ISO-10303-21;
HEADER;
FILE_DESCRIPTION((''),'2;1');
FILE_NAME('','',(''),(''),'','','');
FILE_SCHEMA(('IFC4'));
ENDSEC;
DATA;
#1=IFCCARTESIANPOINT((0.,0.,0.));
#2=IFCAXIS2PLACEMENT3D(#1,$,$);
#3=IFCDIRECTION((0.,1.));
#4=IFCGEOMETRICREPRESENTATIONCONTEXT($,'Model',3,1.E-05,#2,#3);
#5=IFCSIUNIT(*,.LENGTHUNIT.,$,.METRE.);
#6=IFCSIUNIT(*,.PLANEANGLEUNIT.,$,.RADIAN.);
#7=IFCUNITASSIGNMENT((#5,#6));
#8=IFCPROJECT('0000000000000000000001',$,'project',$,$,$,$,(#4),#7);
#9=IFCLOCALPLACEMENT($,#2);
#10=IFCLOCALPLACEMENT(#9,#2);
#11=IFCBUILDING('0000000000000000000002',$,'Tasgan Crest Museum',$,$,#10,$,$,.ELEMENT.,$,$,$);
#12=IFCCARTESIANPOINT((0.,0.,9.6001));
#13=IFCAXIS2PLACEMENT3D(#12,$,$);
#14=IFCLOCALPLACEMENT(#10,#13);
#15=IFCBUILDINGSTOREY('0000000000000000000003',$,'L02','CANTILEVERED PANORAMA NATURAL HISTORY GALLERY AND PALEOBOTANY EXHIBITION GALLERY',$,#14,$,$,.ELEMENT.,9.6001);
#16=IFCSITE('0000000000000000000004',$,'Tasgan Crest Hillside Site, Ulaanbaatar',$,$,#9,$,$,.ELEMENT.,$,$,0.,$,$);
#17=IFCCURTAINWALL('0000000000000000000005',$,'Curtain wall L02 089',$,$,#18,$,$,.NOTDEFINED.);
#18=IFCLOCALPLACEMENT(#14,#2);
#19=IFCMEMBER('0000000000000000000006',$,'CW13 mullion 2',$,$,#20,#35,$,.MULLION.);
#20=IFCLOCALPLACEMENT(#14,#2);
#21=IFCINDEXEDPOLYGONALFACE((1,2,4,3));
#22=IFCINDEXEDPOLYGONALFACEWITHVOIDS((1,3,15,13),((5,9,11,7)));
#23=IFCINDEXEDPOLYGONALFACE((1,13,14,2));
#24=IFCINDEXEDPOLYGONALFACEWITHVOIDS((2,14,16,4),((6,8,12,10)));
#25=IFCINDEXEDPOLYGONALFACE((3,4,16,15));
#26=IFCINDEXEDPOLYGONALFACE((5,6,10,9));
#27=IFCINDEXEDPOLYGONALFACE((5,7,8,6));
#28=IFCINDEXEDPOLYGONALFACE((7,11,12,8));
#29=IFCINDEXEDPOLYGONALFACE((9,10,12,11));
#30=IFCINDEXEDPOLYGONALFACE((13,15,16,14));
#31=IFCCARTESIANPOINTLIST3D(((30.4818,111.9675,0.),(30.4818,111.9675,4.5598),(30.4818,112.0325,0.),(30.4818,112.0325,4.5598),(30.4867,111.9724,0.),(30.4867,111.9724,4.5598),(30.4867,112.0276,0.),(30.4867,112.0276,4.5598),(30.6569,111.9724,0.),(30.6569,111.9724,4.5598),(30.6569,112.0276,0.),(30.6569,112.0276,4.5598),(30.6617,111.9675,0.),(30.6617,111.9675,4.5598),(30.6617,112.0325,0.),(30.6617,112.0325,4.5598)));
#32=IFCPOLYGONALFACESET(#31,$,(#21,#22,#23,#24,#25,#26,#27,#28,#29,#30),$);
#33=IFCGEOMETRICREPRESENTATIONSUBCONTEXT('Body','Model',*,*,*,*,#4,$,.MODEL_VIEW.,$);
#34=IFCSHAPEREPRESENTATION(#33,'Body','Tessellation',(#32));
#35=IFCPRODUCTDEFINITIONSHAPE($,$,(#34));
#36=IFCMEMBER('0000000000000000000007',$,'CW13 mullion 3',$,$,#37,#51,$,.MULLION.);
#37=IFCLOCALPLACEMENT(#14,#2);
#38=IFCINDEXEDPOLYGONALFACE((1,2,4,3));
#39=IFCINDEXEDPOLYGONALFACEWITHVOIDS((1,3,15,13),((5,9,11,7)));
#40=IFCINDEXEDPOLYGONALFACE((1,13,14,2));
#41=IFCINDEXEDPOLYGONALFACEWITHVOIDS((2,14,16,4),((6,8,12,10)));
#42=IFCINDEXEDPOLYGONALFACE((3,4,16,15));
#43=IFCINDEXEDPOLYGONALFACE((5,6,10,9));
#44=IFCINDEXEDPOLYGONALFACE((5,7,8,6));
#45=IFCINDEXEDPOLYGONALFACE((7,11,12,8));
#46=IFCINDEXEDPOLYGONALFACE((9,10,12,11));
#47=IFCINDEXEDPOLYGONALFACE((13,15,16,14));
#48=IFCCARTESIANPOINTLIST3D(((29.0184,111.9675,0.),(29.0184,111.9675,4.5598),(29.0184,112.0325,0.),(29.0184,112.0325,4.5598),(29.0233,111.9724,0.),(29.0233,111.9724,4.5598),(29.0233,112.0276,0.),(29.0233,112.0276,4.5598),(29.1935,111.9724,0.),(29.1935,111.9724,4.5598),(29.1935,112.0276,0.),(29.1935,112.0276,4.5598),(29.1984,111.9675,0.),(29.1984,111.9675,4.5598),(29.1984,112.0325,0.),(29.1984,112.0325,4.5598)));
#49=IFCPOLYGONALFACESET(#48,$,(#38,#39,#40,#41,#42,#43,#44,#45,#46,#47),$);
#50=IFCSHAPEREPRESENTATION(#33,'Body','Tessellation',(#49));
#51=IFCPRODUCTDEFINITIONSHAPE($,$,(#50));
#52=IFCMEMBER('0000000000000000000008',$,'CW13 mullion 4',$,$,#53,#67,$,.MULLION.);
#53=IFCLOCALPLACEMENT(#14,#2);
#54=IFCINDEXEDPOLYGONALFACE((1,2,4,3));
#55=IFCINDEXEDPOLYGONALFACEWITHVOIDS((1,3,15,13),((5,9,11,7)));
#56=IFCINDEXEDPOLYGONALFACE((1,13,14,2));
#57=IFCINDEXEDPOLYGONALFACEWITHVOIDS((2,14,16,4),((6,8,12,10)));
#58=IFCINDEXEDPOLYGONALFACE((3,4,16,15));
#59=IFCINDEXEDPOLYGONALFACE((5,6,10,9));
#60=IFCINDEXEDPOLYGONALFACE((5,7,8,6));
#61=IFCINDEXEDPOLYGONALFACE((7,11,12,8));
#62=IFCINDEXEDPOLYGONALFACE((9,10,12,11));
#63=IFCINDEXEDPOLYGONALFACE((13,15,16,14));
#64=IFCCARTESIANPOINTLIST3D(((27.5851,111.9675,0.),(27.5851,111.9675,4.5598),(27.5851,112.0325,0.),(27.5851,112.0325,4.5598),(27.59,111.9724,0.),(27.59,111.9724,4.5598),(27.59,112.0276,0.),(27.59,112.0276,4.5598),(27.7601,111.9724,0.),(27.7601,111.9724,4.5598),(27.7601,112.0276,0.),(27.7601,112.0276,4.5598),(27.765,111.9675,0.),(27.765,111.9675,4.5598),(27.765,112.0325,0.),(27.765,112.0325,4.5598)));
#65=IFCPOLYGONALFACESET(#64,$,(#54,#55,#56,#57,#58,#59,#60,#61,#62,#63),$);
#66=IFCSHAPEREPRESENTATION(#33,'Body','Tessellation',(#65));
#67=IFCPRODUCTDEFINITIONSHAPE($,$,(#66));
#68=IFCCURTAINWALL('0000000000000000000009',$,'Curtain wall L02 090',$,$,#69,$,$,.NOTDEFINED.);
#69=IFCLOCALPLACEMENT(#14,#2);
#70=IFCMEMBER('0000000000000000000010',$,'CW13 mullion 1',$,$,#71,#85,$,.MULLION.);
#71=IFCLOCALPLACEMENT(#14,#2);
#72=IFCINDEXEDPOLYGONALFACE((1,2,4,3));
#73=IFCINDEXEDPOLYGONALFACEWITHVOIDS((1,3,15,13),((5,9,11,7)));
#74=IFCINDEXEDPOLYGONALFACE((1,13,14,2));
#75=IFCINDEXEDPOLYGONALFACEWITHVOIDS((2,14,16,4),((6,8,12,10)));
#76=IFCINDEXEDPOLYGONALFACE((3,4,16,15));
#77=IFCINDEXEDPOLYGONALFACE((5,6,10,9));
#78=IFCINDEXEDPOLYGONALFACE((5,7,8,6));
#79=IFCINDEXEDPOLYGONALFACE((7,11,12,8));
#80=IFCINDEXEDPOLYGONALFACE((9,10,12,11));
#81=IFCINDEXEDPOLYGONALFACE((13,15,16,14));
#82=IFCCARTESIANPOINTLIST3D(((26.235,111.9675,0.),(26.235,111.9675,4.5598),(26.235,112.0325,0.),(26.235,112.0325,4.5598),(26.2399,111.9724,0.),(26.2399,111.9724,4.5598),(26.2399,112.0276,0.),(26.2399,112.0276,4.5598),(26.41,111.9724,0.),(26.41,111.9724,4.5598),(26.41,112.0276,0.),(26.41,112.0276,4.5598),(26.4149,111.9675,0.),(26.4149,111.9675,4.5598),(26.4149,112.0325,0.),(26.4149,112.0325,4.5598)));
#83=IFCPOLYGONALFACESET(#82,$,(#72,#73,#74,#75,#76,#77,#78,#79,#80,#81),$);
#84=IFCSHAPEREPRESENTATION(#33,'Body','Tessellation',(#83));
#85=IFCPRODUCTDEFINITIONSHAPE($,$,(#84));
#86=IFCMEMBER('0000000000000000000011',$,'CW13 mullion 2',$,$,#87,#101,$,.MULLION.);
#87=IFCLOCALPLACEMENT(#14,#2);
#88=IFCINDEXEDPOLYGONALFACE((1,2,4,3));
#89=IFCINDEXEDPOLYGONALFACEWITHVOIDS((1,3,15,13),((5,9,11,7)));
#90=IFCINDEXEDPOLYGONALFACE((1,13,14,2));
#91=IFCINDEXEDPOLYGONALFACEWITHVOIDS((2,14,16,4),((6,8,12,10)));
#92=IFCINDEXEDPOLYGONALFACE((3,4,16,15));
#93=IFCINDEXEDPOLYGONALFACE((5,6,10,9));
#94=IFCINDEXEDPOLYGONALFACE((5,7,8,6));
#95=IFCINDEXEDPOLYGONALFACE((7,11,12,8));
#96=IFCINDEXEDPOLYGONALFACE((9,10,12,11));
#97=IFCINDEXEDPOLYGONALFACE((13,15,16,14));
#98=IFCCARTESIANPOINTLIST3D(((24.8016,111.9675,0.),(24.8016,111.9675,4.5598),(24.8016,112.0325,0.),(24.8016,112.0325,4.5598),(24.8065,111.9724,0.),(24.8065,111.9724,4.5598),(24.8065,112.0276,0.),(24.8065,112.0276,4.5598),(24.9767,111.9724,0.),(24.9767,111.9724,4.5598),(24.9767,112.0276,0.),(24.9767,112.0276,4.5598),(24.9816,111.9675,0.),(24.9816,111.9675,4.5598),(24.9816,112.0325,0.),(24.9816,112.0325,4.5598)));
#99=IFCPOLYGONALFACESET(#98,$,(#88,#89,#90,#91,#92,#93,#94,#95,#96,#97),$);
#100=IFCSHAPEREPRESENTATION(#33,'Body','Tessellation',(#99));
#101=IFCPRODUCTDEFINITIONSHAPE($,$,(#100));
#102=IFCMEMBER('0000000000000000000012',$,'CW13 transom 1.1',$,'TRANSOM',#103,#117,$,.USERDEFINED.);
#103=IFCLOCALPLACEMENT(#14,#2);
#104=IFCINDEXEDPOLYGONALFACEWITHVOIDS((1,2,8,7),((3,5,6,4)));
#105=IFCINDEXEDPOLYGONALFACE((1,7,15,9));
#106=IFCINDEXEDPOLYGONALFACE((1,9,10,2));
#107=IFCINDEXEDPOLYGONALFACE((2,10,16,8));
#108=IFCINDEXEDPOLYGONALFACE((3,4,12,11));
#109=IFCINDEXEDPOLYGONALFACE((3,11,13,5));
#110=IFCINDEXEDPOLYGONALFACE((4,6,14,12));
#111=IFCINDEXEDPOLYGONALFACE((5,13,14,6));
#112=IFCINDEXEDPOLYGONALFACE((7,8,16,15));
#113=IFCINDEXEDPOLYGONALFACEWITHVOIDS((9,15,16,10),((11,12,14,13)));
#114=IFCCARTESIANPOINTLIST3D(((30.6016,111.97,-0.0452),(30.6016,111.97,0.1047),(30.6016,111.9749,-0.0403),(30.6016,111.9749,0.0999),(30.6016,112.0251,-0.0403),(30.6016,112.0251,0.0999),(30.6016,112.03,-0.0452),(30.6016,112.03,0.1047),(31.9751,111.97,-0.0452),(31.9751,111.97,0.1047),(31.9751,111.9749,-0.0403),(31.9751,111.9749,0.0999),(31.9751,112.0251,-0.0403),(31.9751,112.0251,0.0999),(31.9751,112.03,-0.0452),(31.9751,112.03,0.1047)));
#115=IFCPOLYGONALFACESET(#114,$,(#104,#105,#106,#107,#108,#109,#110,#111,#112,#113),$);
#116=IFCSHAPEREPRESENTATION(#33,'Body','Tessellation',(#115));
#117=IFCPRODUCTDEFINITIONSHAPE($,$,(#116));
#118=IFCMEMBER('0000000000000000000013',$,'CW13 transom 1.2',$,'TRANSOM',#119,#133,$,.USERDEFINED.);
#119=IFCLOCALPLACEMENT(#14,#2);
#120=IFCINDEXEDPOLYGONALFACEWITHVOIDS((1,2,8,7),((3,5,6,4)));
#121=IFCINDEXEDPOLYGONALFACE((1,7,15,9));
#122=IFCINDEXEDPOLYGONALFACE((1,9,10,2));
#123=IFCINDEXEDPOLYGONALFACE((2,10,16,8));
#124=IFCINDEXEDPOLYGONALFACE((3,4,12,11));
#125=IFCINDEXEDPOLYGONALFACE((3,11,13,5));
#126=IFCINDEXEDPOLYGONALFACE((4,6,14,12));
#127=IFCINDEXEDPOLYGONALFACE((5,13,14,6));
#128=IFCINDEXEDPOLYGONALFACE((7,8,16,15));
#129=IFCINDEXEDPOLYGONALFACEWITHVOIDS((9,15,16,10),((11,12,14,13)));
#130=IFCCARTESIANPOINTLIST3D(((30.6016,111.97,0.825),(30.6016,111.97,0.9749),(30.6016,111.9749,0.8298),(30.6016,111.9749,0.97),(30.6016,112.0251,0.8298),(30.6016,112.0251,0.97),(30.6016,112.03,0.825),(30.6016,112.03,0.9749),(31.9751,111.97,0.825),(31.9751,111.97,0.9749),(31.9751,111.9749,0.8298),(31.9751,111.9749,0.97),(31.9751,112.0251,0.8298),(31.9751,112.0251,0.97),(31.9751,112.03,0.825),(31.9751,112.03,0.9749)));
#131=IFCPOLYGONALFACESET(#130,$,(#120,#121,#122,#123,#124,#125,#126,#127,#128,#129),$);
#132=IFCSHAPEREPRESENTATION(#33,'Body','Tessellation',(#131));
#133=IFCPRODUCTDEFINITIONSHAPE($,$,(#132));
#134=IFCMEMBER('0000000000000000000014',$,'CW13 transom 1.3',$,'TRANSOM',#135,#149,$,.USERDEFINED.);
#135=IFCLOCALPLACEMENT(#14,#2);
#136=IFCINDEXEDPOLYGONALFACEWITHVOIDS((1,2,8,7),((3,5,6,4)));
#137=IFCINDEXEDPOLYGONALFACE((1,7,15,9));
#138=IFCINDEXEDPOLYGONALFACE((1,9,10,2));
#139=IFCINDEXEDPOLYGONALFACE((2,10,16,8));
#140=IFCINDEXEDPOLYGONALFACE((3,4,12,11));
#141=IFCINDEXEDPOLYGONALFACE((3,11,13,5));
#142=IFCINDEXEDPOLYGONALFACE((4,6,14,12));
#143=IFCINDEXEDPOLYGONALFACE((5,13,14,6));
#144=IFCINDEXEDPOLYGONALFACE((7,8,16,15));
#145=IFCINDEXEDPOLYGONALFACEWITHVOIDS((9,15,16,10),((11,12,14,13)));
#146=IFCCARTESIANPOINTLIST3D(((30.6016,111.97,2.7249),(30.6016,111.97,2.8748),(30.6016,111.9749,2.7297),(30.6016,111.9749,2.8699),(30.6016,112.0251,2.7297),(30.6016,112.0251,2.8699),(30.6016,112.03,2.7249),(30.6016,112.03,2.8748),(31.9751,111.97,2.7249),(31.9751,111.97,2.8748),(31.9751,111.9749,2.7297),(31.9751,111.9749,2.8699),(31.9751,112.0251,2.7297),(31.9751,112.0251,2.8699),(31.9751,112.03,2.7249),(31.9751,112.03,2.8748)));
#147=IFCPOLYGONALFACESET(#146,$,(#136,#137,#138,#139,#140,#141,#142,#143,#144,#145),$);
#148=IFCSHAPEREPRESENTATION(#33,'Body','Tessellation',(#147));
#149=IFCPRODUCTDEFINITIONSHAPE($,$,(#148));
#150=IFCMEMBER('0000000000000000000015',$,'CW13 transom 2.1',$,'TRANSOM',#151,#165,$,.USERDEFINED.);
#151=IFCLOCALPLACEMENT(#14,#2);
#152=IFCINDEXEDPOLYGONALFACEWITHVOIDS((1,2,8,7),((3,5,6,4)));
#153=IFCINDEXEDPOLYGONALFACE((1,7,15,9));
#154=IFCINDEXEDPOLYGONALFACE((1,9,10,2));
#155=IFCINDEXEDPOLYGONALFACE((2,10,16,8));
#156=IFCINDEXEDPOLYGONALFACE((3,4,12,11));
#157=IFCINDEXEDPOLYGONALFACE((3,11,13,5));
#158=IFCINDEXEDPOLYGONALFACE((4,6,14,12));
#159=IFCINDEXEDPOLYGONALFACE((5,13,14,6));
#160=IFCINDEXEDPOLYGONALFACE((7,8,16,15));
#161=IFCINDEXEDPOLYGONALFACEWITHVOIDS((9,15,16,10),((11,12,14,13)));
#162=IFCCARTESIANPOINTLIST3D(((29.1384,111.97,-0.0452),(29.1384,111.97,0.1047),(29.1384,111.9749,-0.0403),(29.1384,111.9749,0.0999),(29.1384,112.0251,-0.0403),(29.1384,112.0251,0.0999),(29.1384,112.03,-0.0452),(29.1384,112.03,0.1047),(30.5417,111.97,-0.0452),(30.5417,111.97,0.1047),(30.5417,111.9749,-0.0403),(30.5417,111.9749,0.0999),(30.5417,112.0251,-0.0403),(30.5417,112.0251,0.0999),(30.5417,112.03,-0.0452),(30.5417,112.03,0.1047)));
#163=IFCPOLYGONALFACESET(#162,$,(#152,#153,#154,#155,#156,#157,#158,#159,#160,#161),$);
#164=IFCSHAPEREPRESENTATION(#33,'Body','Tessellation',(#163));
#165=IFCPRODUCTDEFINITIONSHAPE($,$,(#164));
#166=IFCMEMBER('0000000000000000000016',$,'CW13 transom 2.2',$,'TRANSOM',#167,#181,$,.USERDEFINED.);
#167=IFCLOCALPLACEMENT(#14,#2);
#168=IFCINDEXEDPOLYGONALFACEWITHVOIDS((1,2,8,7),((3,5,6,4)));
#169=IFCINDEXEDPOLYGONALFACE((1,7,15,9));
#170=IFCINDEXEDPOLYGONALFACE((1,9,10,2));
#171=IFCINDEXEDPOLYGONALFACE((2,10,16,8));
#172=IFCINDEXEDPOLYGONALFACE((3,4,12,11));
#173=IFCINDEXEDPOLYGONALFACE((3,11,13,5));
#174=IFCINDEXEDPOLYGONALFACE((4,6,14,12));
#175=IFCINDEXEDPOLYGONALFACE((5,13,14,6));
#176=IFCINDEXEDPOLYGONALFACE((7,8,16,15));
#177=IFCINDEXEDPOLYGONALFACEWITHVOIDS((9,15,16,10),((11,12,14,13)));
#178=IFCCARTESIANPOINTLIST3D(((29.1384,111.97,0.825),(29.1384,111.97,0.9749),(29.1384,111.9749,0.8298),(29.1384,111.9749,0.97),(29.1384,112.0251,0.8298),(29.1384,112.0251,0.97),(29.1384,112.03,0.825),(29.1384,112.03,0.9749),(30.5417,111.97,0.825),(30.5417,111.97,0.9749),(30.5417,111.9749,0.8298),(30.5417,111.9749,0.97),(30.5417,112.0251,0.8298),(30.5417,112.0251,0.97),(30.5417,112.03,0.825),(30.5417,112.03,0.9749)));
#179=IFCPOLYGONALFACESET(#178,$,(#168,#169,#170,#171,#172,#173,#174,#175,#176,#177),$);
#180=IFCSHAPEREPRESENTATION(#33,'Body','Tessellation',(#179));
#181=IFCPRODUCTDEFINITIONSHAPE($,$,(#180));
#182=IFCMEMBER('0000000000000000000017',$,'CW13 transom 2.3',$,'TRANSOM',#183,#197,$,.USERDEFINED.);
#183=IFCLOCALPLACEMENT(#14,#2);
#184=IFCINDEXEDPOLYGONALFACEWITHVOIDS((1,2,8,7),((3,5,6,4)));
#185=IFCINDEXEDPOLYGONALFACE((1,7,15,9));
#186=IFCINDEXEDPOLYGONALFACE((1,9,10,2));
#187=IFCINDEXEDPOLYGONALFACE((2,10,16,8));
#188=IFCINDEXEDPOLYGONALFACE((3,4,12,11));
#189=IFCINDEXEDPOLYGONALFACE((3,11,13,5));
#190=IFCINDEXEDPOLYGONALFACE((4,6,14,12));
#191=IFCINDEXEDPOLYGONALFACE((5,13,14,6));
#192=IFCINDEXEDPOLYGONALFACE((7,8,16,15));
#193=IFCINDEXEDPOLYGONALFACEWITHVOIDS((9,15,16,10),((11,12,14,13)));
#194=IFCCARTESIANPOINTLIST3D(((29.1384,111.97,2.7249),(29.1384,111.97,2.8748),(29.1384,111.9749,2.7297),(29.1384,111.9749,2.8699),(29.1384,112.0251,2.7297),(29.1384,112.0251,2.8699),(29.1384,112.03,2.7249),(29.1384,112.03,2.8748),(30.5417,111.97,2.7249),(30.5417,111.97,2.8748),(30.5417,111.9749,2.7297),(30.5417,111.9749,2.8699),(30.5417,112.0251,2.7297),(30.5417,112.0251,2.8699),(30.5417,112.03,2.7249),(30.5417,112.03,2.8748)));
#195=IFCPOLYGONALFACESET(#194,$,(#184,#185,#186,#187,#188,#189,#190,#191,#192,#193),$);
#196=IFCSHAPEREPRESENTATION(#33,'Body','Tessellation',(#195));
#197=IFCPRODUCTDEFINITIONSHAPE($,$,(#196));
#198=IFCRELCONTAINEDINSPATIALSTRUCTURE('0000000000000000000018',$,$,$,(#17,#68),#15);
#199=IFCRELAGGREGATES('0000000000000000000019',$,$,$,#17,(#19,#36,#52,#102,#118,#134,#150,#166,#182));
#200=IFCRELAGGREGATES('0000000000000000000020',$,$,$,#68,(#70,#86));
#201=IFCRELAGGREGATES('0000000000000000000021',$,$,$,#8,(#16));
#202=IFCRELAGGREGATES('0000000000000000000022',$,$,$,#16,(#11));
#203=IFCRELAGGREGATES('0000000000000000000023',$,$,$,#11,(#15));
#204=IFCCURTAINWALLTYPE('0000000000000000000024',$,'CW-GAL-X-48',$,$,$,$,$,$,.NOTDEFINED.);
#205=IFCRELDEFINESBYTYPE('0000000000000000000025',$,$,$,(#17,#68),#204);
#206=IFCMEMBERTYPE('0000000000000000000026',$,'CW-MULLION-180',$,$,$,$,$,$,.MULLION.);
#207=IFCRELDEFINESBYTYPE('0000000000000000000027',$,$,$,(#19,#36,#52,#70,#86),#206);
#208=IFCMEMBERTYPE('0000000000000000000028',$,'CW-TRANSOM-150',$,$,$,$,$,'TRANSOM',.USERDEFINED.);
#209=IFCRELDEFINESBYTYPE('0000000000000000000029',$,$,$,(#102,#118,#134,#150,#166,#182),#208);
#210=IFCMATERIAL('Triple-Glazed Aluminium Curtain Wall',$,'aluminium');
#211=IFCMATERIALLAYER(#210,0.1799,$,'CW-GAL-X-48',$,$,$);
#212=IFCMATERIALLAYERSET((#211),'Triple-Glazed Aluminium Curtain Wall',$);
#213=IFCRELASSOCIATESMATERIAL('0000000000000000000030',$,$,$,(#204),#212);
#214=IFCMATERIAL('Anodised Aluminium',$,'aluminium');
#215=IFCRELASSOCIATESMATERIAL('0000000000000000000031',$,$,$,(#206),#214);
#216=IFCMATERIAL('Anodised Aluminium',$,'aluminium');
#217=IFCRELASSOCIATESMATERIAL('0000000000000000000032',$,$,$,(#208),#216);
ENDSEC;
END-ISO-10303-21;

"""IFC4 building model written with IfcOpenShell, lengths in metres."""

from ifc_helpers import new_model, si_unit, direction, frame, origin, origin_2d, place, context, subcontext, project, spatial, hollow_rectangle, extrude, material, layer, layer_set, material_profile, profile_set, type_object, element, aggregate, save


model = new_model("IFC4")

# Units and contexts
model_context = context("Model", 3, precision=1e-05, world=origin(), true_north=direction((0.0, 1.0)))
body_context = subcontext(model_context, "Body", "Model", "MODEL_VIEW")
ifc_project = project(units=[si_unit("LENGTHUNIT", "METRE"), si_unit("PLANEANGLEUNIT", "RADIAN")], contexts=[model_context])

# Site, building, storey
site_placement = place(None, origin())
site = spatial("IfcSite", under=ifc_project, at=site_placement, Name="Tasgan Crest Hillside Site, Ulaanbaatar", CompositionType="ELEMENT", RefElevation=0.0)
building_placement = place(site_placement, origin())
building = spatial("IfcBuilding", under=site, at=building_placement, Name="Tasgan Crest Museum", CompositionType="ELEMENT")
storey_placement = place(building_placement, frame((0.0, 0.0, 9.6001)))
storey = spatial("IfcBuildingStorey", under=building, at=storey_placement, Name="L02", Description="CANTILEVERED PANORAMA NATURAL HISTORY GALLERY AND PALEOBOTANY EXHIBITION GALLERY", CompositionType="ELEMENT", Elevation=9.6001)

# Curtain walls, members
ifc_material_1 = material(Name="Triple-Glazed Aluminium Curtain Wall", Category="aluminium")
ifc_layer_1 = layer(ifc_material_1, 0.1799, Name="CW-GAL-X-48")
ifc_layer_set_1 = layer_set([ifc_layer_1], Name="Triple-Glazed Aluminium Curtain Wall")
curtain_wall_type = type_object("IfcCurtainWallType", Name="CW-GAL-X-48", PredefinedType="NOTDEFINED", material=ifc_layer_set_1)
curtain_wall_1_placement = place(storey_placement, origin())
curtain_wall_1 = element("IfcCurtainWall", 1, at=curtain_wall_1_placement, inside=storey, type_object=curtain_wall_type, Name="Curtain wall L02 089", PredefinedType="NOTDEFINED")
ifc_material_2 = material(Name="Anodised Aluminium", Category="aluminium")
ifc_material_profile_1 = material_profile(ifc_material_2, hollow_rectangle(XDim=0.0649, YDim=0.1799, WallThickness=0.0049, at=origin_2d()), Name="ALU MULLION 180x65x5")
ifc_profile_set_1 = profile_set([ifc_material_profile_1], Name="Anodised Aluminium")
member_type_1 = type_object("IfcMemberType", Name="CW-MULLION-180", PredefinedType="MULLION", material=ifc_profile_set_1)
member_1_placement = place(storey_placement, frame((30.5718, 112.0, 0.0), z_axis=(0.0, 0.0, 1.0), x_axis=(0.0, -1.0, 0.0)))
member_1 = element("IfcMember", 2, at=member_1_placement, type_object=member_type_1, Name="CW13 mullion 2", PredefinedType="MULLION", context=body_context, shape_type="SweptSolid", body=[
    extrude(hollow_rectangle(XDim=0.0649, YDim=0.1799, WallThickness=0.0049, at=origin_2d()), origin(), (0.0, 0.0, 1.0), 4.5598),
])
member_2_placement = place(storey_placement, frame((29.1084, 112.0, 0.0), z_axis=(0.0, 0.0, 1.0), x_axis=(0.0, -1.0, 0.0)))
member_2 = element("IfcMember", 3, at=member_2_placement, type_object=member_type_1, Name="CW13 mullion 3", PredefinedType="MULLION", context=body_context, shape_type="SweptSolid", body=[
    extrude(hollow_rectangle(XDim=0.0649, YDim=0.1799, WallThickness=0.0049, at=origin_2d()), origin(), (0.0, 0.0, 1.0), 4.5598),
])
member_3_placement = place(storey_placement, frame((27.675, 112.0, 0.0), z_axis=(0.0, 0.0, 1.0), x_axis=(0.0, -1.0, 0.0)))
member_3 = element("IfcMember", 4, at=member_3_placement, type_object=member_type_1, Name="CW13 mullion 4", PredefinedType="MULLION", context=body_context, shape_type="SweptSolid", body=[
    extrude(hollow_rectangle(XDim=0.0649, YDim=0.1799, WallThickness=0.0049, at=origin_2d()), origin(), (0.0, 0.0, 1.0), 4.5598),
])
curtain_wall_2_placement = place(storey_placement, origin())
curtain_wall_2 = element("IfcCurtainWall", 5, at=curtain_wall_2_placement, inside=storey, type_object=curtain_wall_type, Name="Curtain wall L02 090", PredefinedType="NOTDEFINED")
member_4_placement = place(storey_placement, frame((26.325, 112.0, 0.0), z_axis=(0.0, 0.0, 1.0), x_axis=(0.0, -1.0, 0.0)))
member_4 = element("IfcMember", 6, at=member_4_placement, type_object=member_type_1, Name="CW13 mullion 1", PredefinedType="MULLION", context=body_context, shape_type="SweptSolid", body=[
    extrude(hollow_rectangle(XDim=0.0649, YDim=0.1799, WallThickness=0.0049, at=origin_2d()), origin(), (0.0, 0.0, 1.0), 4.5598),
])
member_5_placement = place(storey_placement, frame((24.8916, 112.0, 0.0), z_axis=(0.0, 0.0, 1.0), x_axis=(0.0, -1.0, 0.0)))
member_5 = element("IfcMember", 7, at=member_5_placement, type_object=member_type_1, Name="CW13 mullion 2", PredefinedType="MULLION", context=body_context, shape_type="SweptSolid", body=[
    extrude(hollow_rectangle(XDim=0.0649, YDim=0.1799, WallThickness=0.0049, at=origin_2d()), origin(), (0.0, 0.0, 1.0), 4.5598),
])

# Members
ifc_material_3 = material(Name="Anodised Aluminium", Category="aluminium")
ifc_material_profile_2 = material_profile(ifc_material_3, hollow_rectangle(XDim=0.0601, YDim=0.1499, WallThickness=0.0049, at=origin_2d()), Name="ALU TRANSOM 150x60x5")
ifc_profile_set_2 = profile_set([ifc_material_profile_2], Name="Anodised Aluminium")
member_type_2 = type_object("IfcMemberType", Name="CW-TRANSOM-150", ElementType="TRANSOM", PredefinedType="USERDEFINED", material=ifc_profile_set_2)
member_6_placement = place(storey_placement, frame((31.9751, 112.0, 0.0298), z_axis=(-1.0, 0.0, 0.0), x_axis=(0.0, -1.0, 0.0)))
member_6 = element("IfcMember", 8, at=member_6_placement, type_object=member_type_2, Name="CW13 transom 1.1", ObjectType="TRANSOM", PredefinedType="USERDEFINED", context=body_context, shape_type="SweptSolid", body=[
    extrude(hollow_rectangle(XDim=0.0601, YDim=0.1499, WallThickness=0.0049, at=origin_2d()), origin(), (0.0, 0.0, 1.0), 1.3735),
])
member_7_placement = place(storey_placement, frame((31.9751, 112.0, 0.8999), z_axis=(-1.0, 0.0, 0.0), x_axis=(0.0, -1.0, 0.0)))
member_7 = element("IfcMember", 9, at=member_7_placement, type_object=member_type_2, Name="CW13 transom 1.2", ObjectType="TRANSOM", PredefinedType="USERDEFINED", context=body_context, shape_type="SweptSolid", body=[
    extrude(hollow_rectangle(XDim=0.0601, YDim=0.1499, WallThickness=0.0049, at=origin_2d()), origin(), (0.0, 0.0, 1.0), 1.3735),
])
member_8_placement = place(storey_placement, frame((31.9751, 112.0, 2.7998), z_axis=(-1.0, 0.0, 0.0), x_axis=(0.0, -1.0, 0.0)))
member_8 = element("IfcMember", 10, at=member_8_placement, type_object=member_type_2, Name="CW13 transom 1.3", ObjectType="TRANSOM", PredefinedType="USERDEFINED", context=body_context, shape_type="SweptSolid", body=[
    extrude(hollow_rectangle(XDim=0.0601, YDim=0.1499, WallThickness=0.0049, at=origin_2d()), origin(), (0.0, 0.0, 1.0), 1.3735),
])
member_9_placement = place(storey_placement, frame((30.5417, 112.0, 0.0298), z_axis=(-1.0, 0.0, 0.0), x_axis=(0.0, -1.0, 0.0)))
member_9 = element("IfcMember", 11, at=member_9_placement, type_object=member_type_2, Name="CW13 transom 2.1", ObjectType="TRANSOM", PredefinedType="USERDEFINED", context=body_context, shape_type="SweptSolid", body=[
    extrude(hollow_rectangle(XDim=0.0601, YDim=0.1499, WallThickness=0.0049, at=origin_2d()), origin(), (0.0, 0.0, 1.0), 1.4033),
])
member_10_placement = place(storey_placement, frame((30.5417, 112.0, 0.8999), z_axis=(-1.0, 0.0, 0.0), x_axis=(0.0, -1.0, 0.0)))
member_10 = element("IfcMember", 12, at=member_10_placement, type_object=member_type_2, Name="CW13 transom 2.2", ObjectType="TRANSOM", PredefinedType="USERDEFINED", context=body_context, shape_type="SweptSolid", body=[
    extrude(hollow_rectangle(XDim=0.0601, YDim=0.1499, WallThickness=0.0049, at=origin_2d()), origin(), (0.0, 0.0, 1.0), 1.4033),
])
member_11_placement = place(storey_placement, frame((30.5417, 112.0, 2.7998), z_axis=(-1.0, 0.0, 0.0), x_axis=(0.0, -1.0, 0.0)))
member_11 = element("IfcMember", 13, at=member_11_placement, type_object=member_type_2, Name="CW13 transom 2.3", ObjectType="TRANSOM", PredefinedType="USERDEFINED", context=body_context, shape_type="SweptSolid", body=[
    extrude(hollow_rectangle(XDim=0.0601, YDim=0.1499, WallThickness=0.0049, at=origin_2d()), origin(), (0.0, 0.0, 1.0), 1.4033),
])

aggregate(curtain_wall_1, [member_1, member_2, member_3, member_6, member_7, member_8, member_9, member_10, member_11])
aggregate(curtain_wall_2, [member_4, member_5])

save(model, "model.ifc")
